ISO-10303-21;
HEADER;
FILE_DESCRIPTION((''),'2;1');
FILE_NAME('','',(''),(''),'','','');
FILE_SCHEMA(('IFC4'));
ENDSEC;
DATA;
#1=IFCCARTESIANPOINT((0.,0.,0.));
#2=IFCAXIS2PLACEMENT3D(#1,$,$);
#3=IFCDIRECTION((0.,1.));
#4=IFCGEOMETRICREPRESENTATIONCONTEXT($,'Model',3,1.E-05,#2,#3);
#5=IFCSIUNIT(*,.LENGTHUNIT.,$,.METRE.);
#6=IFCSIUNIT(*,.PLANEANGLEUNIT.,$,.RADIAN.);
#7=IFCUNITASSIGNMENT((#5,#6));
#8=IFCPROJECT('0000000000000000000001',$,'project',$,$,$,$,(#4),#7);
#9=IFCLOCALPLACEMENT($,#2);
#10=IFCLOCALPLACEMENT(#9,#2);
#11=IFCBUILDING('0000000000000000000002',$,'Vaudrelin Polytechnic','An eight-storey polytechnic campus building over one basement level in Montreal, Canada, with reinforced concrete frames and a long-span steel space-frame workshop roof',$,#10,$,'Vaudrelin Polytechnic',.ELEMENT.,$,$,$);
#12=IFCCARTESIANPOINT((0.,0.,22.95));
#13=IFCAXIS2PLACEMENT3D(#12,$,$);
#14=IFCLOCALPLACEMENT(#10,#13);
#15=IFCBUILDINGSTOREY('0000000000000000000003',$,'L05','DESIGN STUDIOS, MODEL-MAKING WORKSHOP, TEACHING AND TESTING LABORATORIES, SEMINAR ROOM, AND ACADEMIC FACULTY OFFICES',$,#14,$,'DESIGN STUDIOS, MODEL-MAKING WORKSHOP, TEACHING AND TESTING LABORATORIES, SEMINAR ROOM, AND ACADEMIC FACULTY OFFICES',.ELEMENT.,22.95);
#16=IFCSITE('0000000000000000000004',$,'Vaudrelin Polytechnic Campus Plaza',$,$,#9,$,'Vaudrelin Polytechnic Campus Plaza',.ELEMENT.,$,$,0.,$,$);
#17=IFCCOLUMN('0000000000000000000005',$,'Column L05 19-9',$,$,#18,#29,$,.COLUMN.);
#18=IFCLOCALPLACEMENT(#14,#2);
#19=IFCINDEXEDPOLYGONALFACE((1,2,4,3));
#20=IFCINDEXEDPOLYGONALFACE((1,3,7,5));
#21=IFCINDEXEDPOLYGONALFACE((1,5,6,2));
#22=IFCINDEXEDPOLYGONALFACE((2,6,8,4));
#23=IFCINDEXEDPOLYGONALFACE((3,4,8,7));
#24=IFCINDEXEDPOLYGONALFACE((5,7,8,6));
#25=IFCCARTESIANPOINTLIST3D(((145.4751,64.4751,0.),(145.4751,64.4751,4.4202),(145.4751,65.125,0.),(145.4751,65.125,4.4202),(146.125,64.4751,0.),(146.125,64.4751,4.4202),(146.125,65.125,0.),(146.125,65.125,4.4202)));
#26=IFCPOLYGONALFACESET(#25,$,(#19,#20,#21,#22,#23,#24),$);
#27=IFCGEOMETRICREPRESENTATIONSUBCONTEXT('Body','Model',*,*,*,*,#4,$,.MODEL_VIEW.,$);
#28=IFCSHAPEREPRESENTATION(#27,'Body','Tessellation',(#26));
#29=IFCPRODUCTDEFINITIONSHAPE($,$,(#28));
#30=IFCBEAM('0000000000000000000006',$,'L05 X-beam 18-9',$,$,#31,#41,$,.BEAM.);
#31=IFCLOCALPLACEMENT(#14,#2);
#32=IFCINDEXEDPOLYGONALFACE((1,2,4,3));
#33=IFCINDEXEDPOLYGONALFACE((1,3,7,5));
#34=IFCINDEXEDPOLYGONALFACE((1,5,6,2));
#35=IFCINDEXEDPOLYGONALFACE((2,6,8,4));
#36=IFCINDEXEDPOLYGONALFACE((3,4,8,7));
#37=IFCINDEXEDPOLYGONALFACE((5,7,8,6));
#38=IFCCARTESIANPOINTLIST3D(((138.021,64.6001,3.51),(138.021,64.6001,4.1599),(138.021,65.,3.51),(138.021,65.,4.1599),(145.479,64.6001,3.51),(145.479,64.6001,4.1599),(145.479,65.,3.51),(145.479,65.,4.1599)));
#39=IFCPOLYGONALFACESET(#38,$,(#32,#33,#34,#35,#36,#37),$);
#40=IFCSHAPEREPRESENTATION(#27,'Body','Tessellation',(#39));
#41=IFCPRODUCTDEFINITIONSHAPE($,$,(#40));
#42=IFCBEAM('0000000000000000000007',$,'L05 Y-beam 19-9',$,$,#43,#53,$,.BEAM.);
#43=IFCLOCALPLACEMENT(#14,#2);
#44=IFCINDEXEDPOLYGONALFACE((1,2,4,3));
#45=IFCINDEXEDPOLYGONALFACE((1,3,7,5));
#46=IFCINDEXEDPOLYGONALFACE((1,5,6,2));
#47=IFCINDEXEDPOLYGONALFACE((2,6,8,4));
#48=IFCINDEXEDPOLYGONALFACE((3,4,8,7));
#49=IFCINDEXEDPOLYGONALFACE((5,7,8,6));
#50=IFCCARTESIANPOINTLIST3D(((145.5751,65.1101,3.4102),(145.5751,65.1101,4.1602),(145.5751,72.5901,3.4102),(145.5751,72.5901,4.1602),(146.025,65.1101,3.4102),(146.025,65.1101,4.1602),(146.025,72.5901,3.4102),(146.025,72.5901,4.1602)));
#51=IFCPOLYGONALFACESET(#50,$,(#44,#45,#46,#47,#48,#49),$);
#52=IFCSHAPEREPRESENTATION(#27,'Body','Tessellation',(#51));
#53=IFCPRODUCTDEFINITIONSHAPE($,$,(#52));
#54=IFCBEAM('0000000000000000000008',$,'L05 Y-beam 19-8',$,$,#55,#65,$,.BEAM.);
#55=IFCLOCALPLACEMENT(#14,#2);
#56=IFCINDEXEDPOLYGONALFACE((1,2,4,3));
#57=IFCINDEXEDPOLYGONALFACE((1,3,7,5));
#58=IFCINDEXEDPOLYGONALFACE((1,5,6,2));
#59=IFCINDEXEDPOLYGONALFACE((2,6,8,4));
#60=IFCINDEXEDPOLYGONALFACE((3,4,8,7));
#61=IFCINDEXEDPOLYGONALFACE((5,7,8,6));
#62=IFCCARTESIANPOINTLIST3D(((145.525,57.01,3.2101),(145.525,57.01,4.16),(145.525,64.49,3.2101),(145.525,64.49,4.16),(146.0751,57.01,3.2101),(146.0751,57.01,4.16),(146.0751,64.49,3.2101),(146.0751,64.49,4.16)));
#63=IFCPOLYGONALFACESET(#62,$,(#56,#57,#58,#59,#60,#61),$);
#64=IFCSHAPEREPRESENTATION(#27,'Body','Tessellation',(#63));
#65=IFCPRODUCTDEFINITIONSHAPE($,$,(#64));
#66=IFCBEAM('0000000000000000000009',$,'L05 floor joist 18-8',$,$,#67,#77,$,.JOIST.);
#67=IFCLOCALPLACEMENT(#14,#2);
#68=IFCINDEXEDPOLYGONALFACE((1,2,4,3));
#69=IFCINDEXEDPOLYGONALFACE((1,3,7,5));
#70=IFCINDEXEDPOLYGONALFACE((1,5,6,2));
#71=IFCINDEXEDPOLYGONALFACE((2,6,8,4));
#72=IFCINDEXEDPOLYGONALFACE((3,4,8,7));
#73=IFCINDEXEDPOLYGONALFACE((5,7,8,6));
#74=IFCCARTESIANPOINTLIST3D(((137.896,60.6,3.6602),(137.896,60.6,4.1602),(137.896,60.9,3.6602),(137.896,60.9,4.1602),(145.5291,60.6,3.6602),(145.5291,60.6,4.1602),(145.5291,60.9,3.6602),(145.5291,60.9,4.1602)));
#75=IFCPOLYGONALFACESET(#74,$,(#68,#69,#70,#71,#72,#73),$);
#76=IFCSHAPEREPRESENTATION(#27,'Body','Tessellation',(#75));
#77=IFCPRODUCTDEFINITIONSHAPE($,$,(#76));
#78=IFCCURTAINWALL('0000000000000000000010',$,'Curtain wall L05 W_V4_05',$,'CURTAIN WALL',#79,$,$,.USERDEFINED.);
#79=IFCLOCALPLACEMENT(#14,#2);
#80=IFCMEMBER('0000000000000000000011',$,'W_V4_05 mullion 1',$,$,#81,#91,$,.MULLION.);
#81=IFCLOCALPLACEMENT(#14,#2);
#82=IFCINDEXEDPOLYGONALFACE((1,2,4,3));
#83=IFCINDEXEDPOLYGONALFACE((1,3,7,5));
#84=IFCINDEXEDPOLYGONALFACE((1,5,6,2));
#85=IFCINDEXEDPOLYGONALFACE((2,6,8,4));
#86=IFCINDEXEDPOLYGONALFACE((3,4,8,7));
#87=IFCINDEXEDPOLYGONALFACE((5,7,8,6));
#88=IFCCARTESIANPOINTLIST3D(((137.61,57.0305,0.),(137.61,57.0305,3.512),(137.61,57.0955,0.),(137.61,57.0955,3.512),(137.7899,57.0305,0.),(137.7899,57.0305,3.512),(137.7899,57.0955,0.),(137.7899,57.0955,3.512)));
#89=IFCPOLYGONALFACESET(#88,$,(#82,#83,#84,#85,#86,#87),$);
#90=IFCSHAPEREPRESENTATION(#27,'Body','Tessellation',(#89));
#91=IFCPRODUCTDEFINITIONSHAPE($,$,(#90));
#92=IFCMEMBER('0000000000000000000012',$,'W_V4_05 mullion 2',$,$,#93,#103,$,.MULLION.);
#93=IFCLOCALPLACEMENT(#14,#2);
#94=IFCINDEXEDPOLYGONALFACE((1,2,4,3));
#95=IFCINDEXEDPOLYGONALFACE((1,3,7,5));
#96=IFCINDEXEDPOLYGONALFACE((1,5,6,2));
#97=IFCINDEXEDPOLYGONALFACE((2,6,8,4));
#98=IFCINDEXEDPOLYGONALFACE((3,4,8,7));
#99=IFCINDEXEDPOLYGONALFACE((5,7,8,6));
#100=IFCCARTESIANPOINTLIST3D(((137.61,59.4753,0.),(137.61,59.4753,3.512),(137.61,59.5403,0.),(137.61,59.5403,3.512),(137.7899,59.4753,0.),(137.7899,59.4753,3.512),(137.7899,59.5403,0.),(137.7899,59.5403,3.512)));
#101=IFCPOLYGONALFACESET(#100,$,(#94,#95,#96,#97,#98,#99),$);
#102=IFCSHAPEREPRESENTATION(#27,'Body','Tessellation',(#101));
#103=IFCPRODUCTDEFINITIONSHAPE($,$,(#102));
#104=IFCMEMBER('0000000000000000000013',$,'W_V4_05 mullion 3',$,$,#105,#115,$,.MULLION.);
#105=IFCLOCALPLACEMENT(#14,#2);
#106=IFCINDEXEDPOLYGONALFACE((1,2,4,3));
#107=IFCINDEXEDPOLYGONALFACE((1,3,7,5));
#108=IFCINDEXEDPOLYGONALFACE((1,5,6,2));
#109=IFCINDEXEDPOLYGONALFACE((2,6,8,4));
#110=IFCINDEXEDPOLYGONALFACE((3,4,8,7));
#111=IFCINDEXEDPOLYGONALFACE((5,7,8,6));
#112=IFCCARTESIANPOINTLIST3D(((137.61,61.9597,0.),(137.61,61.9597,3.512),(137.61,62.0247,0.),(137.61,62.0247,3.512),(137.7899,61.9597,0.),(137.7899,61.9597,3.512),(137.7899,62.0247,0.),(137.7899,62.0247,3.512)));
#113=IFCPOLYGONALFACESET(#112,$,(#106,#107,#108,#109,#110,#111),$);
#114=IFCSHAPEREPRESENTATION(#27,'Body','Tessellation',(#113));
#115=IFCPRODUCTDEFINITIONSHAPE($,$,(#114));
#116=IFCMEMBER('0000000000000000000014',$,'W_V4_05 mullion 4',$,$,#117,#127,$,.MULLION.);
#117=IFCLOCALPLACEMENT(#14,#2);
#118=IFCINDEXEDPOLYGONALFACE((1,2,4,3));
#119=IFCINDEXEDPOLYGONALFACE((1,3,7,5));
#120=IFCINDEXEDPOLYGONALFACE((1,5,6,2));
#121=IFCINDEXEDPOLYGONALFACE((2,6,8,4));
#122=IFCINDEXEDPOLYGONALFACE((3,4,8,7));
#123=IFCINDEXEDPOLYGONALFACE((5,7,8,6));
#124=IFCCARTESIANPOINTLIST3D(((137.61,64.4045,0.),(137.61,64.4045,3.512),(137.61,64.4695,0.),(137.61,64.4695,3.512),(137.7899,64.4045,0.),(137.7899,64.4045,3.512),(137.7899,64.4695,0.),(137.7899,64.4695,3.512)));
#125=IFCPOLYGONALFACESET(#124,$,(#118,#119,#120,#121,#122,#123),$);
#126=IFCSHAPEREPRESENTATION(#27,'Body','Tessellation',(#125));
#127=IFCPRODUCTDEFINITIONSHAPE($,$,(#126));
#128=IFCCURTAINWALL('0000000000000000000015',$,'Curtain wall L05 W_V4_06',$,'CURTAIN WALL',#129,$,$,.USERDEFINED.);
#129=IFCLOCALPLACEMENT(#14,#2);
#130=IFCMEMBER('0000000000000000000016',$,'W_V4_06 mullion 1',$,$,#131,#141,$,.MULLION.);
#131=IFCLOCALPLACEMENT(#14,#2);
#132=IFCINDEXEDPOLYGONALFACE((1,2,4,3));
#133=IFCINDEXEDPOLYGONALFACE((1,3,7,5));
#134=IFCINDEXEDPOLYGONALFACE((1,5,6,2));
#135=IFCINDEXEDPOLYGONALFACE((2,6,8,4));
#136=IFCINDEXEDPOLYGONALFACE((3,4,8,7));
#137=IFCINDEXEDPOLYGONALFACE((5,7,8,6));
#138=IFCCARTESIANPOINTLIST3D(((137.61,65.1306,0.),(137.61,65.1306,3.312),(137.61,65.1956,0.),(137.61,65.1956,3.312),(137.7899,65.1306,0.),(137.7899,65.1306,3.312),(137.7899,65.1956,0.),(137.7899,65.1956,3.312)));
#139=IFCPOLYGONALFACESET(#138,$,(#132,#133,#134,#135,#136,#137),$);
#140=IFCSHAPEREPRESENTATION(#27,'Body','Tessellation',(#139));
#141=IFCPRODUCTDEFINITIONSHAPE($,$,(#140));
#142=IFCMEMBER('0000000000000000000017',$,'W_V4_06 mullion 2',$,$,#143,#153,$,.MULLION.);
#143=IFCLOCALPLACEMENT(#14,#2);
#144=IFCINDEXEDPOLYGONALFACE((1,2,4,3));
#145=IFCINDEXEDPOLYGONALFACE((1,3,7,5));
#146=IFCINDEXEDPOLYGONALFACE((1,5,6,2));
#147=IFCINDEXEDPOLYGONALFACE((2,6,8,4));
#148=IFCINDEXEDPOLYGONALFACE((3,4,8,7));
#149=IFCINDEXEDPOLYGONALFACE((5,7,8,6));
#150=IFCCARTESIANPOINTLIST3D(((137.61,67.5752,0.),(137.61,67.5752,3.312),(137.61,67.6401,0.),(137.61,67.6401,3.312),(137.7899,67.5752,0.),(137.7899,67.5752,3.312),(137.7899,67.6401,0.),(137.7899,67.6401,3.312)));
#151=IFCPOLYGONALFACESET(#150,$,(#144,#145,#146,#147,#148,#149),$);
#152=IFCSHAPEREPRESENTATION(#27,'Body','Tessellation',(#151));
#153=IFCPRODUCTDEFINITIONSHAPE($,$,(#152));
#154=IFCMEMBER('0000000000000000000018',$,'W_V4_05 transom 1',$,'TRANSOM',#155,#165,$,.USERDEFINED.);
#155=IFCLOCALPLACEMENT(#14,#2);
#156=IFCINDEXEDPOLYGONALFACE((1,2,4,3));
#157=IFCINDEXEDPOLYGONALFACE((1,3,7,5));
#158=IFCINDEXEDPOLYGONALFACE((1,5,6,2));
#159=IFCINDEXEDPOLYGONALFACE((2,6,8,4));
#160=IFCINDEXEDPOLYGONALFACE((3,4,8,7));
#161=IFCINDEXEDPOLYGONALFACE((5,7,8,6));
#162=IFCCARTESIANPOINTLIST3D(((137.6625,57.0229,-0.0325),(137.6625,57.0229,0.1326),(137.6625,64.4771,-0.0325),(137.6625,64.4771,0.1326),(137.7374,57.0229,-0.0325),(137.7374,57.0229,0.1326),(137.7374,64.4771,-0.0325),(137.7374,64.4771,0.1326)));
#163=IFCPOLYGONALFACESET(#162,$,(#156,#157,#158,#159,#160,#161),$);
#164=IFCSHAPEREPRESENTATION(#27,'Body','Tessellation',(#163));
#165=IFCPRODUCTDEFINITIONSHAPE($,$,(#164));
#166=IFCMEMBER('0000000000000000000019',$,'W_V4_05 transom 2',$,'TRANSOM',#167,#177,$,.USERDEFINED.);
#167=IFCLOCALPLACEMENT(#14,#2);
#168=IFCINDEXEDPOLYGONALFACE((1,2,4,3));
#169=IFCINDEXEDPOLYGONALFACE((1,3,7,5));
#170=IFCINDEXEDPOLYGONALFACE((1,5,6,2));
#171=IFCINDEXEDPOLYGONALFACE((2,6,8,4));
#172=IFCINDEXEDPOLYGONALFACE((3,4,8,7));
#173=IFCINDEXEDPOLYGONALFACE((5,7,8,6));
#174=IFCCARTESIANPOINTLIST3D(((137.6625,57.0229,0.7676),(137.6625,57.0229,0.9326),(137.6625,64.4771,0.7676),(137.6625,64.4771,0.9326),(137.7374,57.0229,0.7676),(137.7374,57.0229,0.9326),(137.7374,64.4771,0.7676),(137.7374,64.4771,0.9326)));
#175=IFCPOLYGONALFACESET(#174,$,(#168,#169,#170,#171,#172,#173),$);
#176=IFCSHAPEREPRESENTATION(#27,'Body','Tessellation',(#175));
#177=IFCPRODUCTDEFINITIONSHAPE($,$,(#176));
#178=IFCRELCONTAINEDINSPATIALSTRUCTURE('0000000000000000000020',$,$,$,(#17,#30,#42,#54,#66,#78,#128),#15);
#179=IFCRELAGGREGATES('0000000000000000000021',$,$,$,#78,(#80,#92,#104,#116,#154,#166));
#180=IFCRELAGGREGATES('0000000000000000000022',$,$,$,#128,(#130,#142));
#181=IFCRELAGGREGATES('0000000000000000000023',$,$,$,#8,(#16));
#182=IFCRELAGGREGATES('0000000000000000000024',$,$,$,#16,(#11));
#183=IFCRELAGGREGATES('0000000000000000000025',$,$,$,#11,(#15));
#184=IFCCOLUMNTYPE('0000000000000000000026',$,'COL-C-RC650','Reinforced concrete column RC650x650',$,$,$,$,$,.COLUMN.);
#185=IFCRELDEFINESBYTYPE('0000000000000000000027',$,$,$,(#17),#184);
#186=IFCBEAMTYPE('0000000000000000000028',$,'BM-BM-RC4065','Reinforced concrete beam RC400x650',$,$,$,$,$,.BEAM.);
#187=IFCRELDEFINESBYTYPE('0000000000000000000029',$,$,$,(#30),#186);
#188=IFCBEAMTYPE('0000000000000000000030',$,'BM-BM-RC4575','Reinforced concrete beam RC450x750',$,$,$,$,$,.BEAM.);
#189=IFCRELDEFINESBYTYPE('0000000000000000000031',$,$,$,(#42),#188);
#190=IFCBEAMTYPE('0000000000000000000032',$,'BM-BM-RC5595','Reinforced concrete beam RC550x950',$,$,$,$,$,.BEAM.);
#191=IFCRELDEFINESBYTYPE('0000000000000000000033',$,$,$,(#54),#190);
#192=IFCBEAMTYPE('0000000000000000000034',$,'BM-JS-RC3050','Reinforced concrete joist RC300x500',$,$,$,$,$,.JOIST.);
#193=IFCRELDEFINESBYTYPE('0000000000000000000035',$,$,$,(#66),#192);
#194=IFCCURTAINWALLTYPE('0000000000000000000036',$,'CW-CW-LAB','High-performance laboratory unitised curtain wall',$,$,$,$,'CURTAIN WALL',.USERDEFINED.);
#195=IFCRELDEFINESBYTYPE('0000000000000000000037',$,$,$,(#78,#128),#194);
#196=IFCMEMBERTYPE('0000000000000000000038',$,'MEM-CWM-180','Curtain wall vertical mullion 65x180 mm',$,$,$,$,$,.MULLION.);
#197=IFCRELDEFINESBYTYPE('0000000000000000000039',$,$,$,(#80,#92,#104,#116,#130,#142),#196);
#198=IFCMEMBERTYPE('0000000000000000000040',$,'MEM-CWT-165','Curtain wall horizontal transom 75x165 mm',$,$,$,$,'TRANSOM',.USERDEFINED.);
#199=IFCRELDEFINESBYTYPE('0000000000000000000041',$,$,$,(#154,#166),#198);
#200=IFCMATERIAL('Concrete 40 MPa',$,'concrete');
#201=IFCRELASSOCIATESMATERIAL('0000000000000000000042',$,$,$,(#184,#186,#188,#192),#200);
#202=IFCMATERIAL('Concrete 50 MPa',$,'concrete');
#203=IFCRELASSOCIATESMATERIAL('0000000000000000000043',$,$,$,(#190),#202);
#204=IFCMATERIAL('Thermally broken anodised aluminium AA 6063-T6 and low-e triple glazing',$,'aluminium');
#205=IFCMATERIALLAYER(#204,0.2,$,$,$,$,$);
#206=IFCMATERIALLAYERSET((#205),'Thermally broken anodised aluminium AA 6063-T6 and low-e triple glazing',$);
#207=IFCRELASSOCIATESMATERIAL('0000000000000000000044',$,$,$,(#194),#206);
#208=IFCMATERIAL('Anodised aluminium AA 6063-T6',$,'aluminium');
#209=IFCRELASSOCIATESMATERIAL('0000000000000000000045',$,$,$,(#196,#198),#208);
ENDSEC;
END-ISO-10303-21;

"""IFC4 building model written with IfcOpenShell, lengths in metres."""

from ifc_helpers import new_model, si_unit, direction, frame, origin, origin_2d, place, context, subcontext, project, spatial, rectangle, extrude, material, layer, layer_set, material_profile, profile_set, type_object, element, aggregate, save


model = new_model("IFC4")

# Units and contexts
model_context = context("Model", 3, precision=1e-05, world=origin(), true_north=direction((0.0, 1.0)))
body_context = subcontext(model_context, "Body", "Model", "MODEL_VIEW")
ifc_project = project(units=[si_unit("LENGTHUNIT", "METRE"), si_unit("PLANEANGLEUNIT", "RADIAN")], contexts=[model_context])

# Site, building, storey
site_placement = place(None, origin())
site = spatial("IfcSite", under=ifc_project, at=site_placement, Name="Vaudrelin Polytechnic Campus Plaza", LongName="Vaudrelin Polytechnic Campus Plaza", CompositionType="ELEMENT", RefElevation=0.0)
building_placement = place(site_placement, origin())
building = spatial("IfcBuilding", under=site, at=building_placement, Name="Vaudrelin Polytechnic", Description="An eight-storey polytechnic campus building over one basement level in Montreal, Canada, with reinforced concrete frames and a long-span steel space-frame workshop roof", LongName="Vaudrelin Polytechnic", CompositionType="ELEMENT")
storey_placement = place(building_placement, frame((0.0, 0.0, 22.95)))
storey = spatial("IfcBuildingStorey", under=building, at=storey_placement, Name="L05", Description="DESIGN STUDIOS, MODEL-MAKING WORKSHOP, TEACHING AND TESTING LABORATORIES, SEMINAR ROOM, AND ACADEMIC FACULTY OFFICES", LongName="DESIGN STUDIOS, MODEL-MAKING WORKSHOP, TEACHING AND TESTING LABORATORIES, SEMINAR ROOM, AND ACADEMIC FACULTY OFFICES", CompositionType="ELEMENT", Elevation=22.95)

# Column
ifc_material_1 = material(Name="Concrete 40 MPa", Category="concrete")
ifc_material_profile_1 = material_profile(ifc_material_1, rectangle(XDim=0.6499, YDim=0.6499, at=origin_2d()), Name="RC650x650")
ifc_profile_set_1 = profile_set([ifc_material_profile_1], Name="Concrete 40 MPa")
column_type = type_object("IfcColumnType", Name="COL-C-RC650", Description="Reinforced concrete column RC650x650", PredefinedType="COLUMN", material=ifc_profile_set_1)
column_placement = place(storey_placement, frame((145.8, 64.8, 0.0), z_axis=(0.0, 0.0, 1.0), x_axis=(1.0, 0.0, 0.0)))
element("IfcColumn", 1, at=column_placement, inside=storey, type_object=column_type, Name="Column L05 19-9", PredefinedType="COLUMN", context=body_context, shape_type="SweptSolid", body=[
    extrude(rectangle(XDim=0.6499, YDim=0.6499, at=origin_2d()), origin(), (0.0, 0.0, 1.0), 4.4202),
])

# Beams
ifc_material_profile_2 = material_profile(ifc_material_1, rectangle(XDim=0.3999, YDim=0.6499, at=origin_2d()), Name="RC400x650")
ifc_profile_set_2 = profile_set([ifc_material_profile_2], Name="Concrete 40 MPa")
beam_type_1 = type_object("IfcBeamType", Name="BM-BM-RC4065", Description="Reinforced concrete beam RC400x650", PredefinedType="BEAM", material=ifc_profile_set_2)
beam_1_placement = place(storey_placement, frame((138.021, 64.8, 3.835), z_axis=(1.0, 0.0, 0.0), x_axis=(0.0, 1.0, 0.0)))
element("IfcBeam", 2, at=beam_1_placement, inside=storey, type_object=beam_type_1, Name="L05 X-beam 18-9", PredefinedType="BEAM", context=body_context, shape_type="SweptSolid", body=[
    extrude(rectangle(XDim=0.3999, YDim=0.6499, at=origin_2d()), origin(), (0.0, 0.0, 1.0), 7.458),
])
ifc_material_profile_3 = material_profile(ifc_material_1, rectangle(XDim=0.45, YDim=0.75, at=origin_2d()), Name="RC450x750")
ifc_profile_set_3 = profile_set([ifc_material_profile_3], Name="Concrete 40 MPa")
beam_type_2 = type_object("IfcBeamType", Name="BM-BM-RC4575", Description="Reinforced concrete beam RC450x750", PredefinedType="BEAM", material=ifc_profile_set_3)
beam_2_placement = place(storey_placement, frame((145.8, 65.1101, 3.7852), z_axis=(0.0, 1.0, 0.0), x_axis=(-1.0, 0.0, 0.0)))
element("IfcBeam", 3, at=beam_2_placement, inside=storey, type_object=beam_type_2, Name="L05 Y-beam 19-9", PredefinedType="BEAM", context=body_context, shape_type="SweptSolid", body=[
    extrude(rectangle(XDim=0.45, YDim=0.75, at=origin_2d()), origin(), (0.0, 0.0, 1.0), 7.48),
])
ifc_material_2 = material(Name="Concrete 50 MPa", Category="concrete")
ifc_material_profile_4 = material_profile(ifc_material_2, rectangle(XDim=0.55, YDim=0.95, at=origin_2d()), Name="RC550x950")
ifc_profile_set_4 = profile_set([ifc_material_profile_4], Name="Concrete 50 MPa")
beam_type_3 = type_object("IfcBeamType", Name="BM-BM-RC5595", Description="Reinforced concrete beam RC550x950", PredefinedType="BEAM", material=ifc_profile_set_4)
beam_3_placement = place(storey_placement, frame((145.8, 57.01, 3.6851), z_axis=(0.0, 1.0, 0.0), x_axis=(-1.0, 0.0, 0.0)))
element("IfcBeam", 4, at=beam_3_placement, inside=storey, type_object=beam_type_3, Name="L05 Y-beam 19-8", PredefinedType="BEAM", context=body_context, shape_type="SweptSolid", body=[
    extrude(rectangle(XDim=0.55, YDim=0.95, at=origin_2d()), origin(), (0.0, 0.0, 1.0), 7.48),
])
ifc_material_profile_5 = material_profile(ifc_material_1, rectangle(XDim=0.3, YDim=0.5, at=origin_2d()), Name="RC300x500")
ifc_profile_set_5 = profile_set([ifc_material_profile_5], Name="Concrete 40 MPa")
beam_type_4 = type_object("IfcBeamType", Name="BM-JS-RC3050", Description="Reinforced concrete joist RC300x500", PredefinedType="JOIST", material=ifc_profile_set_5)
beam_4_placement = place(storey_placement, frame((137.896, 60.75, 3.9102), z_axis=(1.0, 0.0, 0.0), x_axis=(0.0, 1.0, 0.0)))
element("IfcBeam", 5, at=beam_4_placement, inside=storey, type_object=beam_type_4, Name="L05 floor joist 18-8", PredefinedType="JOIST", context=body_context, shape_type="SweptSolid", body=[
    extrude(rectangle(XDim=0.3, YDim=0.5, at=origin_2d()), origin(), (0.0, 0.0, 1.0), 7.6331),
])

# Curtain walls, members
ifc_material_3 = material(Name="Thermally broken anodised aluminium AA 6063-T6 and low-e triple glazing", Category="aluminium")
ifc_layer_1 = layer(ifc_material_3, 0.2)
ifc_layer_set_1 = layer_set([ifc_layer_1], Name="Thermally broken anodised aluminium AA 6063-T6 and low-e triple glazing")
curtain_wall_type = type_object("IfcCurtainWallType", Name="CW-CW-LAB", Description="High-performance laboratory unitised curtain wall", ElementType="CURTAIN WALL", PredefinedType="USERDEFINED", material=ifc_layer_set_1)
curtain_wall_1_placement = place(storey_placement, origin())
curtain_wall_1 = element("IfcCurtainWall", 6, at=curtain_wall_1_placement, inside=storey, type_object=curtain_wall_type, Name="Curtain wall L05 W_V4_05", ObjectType="CURTAIN WALL", PredefinedType="USERDEFINED")
ifc_material_4 = material(Name="Anodised aluminium AA 6063-T6", Category="aluminium")
ifc_material_profile_6 = material_profile(ifc_material_4, rectangle(XDim=0.0649, YDim=0.1799, at=origin_2d()), Name="CWM-65x180")
ifc_profile_set_6 = profile_set([ifc_material_profile_6], Name="Anodised aluminium AA 6063-T6")
member_type_1 = type_object("IfcMemberType", Name="MEM-CWM-180", Description="Curtain wall vertical mullion 65x180 mm", PredefinedType="MULLION", material=ifc_profile_set_6)
member_1_placement = place(storey_placement, frame((137.7, 57.063, 0.0), z_axis=(0.0, 0.0, 1.0), x_axis=(0.0, 1.0, 0.0)))
member_1 = element("IfcMember", 7, at=member_1_placement, type_object=member_type_1, Name="W_V4_05 mullion 1", PredefinedType="MULLION", context=body_context, shape_type="SweptSolid", body=[
    extrude(rectangle(XDim=0.0649, YDim=0.1799, at=origin_2d()), origin(), (0.0, 0.0, 1.0), 3.512),
])
member_2_placement = place(storey_placement, frame((137.7, 59.5078, 0.0), z_axis=(0.0, 0.0, 1.0), x_axis=(0.0, 1.0, 0.0)))
member_2 = element("IfcMember", 8, at=member_2_placement, type_object=member_type_1, Name="W_V4_05 mullion 2", PredefinedType="MULLION", context=body_context, shape_type="SweptSolid", body=[
    extrude(rectangle(XDim=0.0649, YDim=0.1799, at=origin_2d()), origin(), (0.0, 0.0, 1.0), 3.512),
])
member_3_placement = place(storey_placement, frame((137.7, 61.9922, 0.0), z_axis=(0.0, 0.0, 1.0), x_axis=(0.0, 1.0, 0.0)))
member_3 = element("IfcMember", 9, at=member_3_placement, type_object=member_type_1, Name="W_V4_05 mullion 3", PredefinedType="MULLION", context=body_context, shape_type="SweptSolid", body=[
    extrude(rectangle(XDim=0.0649, YDim=0.1799, at=origin_2d()), origin(), (0.0, 0.0, 1.0), 3.512),
])
member_4_placement = place(storey_placement, frame((137.7, 64.437, 0.0), z_axis=(0.0, 0.0, 1.0), x_axis=(0.0, 1.0, 0.0)))
member_4 = element("IfcMember", 10, at=member_4_placement, type_object=member_type_1, Name="W_V4_05 mullion 4", PredefinedType="MULLION", context=body_context, shape_type="SweptSolid", body=[
    extrude(rectangle(XDim=0.0649, YDim=0.1799, at=origin_2d()), origin(), (0.0, 0.0, 1.0), 3.512),
])
curtain_wall_2_placement = place(storey_placement, origin())
curtain_wall_2 = element("IfcCurtainWall", 11, at=curtain_wall_2_placement, inside=storey, type_object=curtain_wall_type, Name="Curtain wall L05 W_V4_06", ObjectType="CURTAIN WALL", PredefinedType="USERDEFINED")
member_5_placement = place(storey_placement, frame((137.7, 65.1631, 0.0), z_axis=(0.0, 0.0, 1.0), x_axis=(0.0, 1.0, 0.0)))
member_5 = element("IfcMember", 12, at=member_5_placement, type_object=member_type_1, Name="W_V4_06 mullion 1", PredefinedType="MULLION", context=body_context, shape_type="SweptSolid", body=[
    extrude(rectangle(XDim=0.0649, YDim=0.1799, at=origin_2d()), origin(), (0.0, 0.0, 1.0), 3.312),
])
member_6_placement = place(storey_placement, frame((137.7, 67.6077, 0.0), z_axis=(0.0, 0.0, 1.0), x_axis=(0.0, 1.0, 0.0)))
member_6 = element("IfcMember", 13, at=member_6_placement, type_object=member_type_1, Name="W_V4_06 mullion 2", PredefinedType="MULLION", context=body_context, shape_type="SweptSolid", body=[
    extrude(rectangle(XDim=0.0649, YDim=0.1799, at=origin_2d()), origin(), (0.0, 0.0, 1.0), 3.312),
])

# Members
ifc_material_profile_7 = material_profile(ifc_material_4, rectangle(XDim=0.075, YDim=0.165, at=origin_2d()), Name="CWT-75x165")
ifc_profile_set_7 = profile_set([ifc_material_profile_7], Name="Anodised aluminium AA 6063-T6")
member_type_2 = type_object("IfcMemberType", Name="MEM-CWT-165", Description="Curtain wall horizontal transom 75x165 mm", ElementType="TRANSOM", PredefinedType="USERDEFINED", material=ifc_profile_set_7)
member_7_placement = place(storey_placement, frame((137.7, 57.0229, 0.05), z_axis=(0.0, 1.0, 0.0), x_axis=(-1.0, 0.0, 0.0)))
member_7 = element("IfcMember", 14, at=member_7_placement, type_object=member_type_2, Name="W_V4_05 transom 1", ObjectType="TRANSOM", PredefinedType="USERDEFINED", context=body_context, shape_type="SweptSolid", body=[
    extrude(rectangle(XDim=0.075, YDim=0.165, at=origin_2d()), origin(), (0.0, 0.0, 1.0), 7.4541),
])
member_8_placement = place(storey_placement, frame((137.7, 57.0229, 0.8501), z_axis=(0.0, 1.0, 0.0), x_axis=(-1.0, 0.0, 0.0)))
member_8 = element("IfcMember", 15, at=member_8_placement, type_object=member_type_2, Name="W_V4_05 transom 2", ObjectType="TRANSOM", PredefinedType="USERDEFINED", context=body_context, shape_type="SweptSolid", body=[
    extrude(rectangle(XDim=0.075, YDim=0.165, at=origin_2d()), origin(), (0.0, 0.0, 1.0), 7.4541),
])

aggregate(curtain_wall_1, [member_1, member_2, member_3, member_4, member_7, member_8])
aggregate(curtain_wall_2, [member_5, member_6])

save(model, "model.ifc")
